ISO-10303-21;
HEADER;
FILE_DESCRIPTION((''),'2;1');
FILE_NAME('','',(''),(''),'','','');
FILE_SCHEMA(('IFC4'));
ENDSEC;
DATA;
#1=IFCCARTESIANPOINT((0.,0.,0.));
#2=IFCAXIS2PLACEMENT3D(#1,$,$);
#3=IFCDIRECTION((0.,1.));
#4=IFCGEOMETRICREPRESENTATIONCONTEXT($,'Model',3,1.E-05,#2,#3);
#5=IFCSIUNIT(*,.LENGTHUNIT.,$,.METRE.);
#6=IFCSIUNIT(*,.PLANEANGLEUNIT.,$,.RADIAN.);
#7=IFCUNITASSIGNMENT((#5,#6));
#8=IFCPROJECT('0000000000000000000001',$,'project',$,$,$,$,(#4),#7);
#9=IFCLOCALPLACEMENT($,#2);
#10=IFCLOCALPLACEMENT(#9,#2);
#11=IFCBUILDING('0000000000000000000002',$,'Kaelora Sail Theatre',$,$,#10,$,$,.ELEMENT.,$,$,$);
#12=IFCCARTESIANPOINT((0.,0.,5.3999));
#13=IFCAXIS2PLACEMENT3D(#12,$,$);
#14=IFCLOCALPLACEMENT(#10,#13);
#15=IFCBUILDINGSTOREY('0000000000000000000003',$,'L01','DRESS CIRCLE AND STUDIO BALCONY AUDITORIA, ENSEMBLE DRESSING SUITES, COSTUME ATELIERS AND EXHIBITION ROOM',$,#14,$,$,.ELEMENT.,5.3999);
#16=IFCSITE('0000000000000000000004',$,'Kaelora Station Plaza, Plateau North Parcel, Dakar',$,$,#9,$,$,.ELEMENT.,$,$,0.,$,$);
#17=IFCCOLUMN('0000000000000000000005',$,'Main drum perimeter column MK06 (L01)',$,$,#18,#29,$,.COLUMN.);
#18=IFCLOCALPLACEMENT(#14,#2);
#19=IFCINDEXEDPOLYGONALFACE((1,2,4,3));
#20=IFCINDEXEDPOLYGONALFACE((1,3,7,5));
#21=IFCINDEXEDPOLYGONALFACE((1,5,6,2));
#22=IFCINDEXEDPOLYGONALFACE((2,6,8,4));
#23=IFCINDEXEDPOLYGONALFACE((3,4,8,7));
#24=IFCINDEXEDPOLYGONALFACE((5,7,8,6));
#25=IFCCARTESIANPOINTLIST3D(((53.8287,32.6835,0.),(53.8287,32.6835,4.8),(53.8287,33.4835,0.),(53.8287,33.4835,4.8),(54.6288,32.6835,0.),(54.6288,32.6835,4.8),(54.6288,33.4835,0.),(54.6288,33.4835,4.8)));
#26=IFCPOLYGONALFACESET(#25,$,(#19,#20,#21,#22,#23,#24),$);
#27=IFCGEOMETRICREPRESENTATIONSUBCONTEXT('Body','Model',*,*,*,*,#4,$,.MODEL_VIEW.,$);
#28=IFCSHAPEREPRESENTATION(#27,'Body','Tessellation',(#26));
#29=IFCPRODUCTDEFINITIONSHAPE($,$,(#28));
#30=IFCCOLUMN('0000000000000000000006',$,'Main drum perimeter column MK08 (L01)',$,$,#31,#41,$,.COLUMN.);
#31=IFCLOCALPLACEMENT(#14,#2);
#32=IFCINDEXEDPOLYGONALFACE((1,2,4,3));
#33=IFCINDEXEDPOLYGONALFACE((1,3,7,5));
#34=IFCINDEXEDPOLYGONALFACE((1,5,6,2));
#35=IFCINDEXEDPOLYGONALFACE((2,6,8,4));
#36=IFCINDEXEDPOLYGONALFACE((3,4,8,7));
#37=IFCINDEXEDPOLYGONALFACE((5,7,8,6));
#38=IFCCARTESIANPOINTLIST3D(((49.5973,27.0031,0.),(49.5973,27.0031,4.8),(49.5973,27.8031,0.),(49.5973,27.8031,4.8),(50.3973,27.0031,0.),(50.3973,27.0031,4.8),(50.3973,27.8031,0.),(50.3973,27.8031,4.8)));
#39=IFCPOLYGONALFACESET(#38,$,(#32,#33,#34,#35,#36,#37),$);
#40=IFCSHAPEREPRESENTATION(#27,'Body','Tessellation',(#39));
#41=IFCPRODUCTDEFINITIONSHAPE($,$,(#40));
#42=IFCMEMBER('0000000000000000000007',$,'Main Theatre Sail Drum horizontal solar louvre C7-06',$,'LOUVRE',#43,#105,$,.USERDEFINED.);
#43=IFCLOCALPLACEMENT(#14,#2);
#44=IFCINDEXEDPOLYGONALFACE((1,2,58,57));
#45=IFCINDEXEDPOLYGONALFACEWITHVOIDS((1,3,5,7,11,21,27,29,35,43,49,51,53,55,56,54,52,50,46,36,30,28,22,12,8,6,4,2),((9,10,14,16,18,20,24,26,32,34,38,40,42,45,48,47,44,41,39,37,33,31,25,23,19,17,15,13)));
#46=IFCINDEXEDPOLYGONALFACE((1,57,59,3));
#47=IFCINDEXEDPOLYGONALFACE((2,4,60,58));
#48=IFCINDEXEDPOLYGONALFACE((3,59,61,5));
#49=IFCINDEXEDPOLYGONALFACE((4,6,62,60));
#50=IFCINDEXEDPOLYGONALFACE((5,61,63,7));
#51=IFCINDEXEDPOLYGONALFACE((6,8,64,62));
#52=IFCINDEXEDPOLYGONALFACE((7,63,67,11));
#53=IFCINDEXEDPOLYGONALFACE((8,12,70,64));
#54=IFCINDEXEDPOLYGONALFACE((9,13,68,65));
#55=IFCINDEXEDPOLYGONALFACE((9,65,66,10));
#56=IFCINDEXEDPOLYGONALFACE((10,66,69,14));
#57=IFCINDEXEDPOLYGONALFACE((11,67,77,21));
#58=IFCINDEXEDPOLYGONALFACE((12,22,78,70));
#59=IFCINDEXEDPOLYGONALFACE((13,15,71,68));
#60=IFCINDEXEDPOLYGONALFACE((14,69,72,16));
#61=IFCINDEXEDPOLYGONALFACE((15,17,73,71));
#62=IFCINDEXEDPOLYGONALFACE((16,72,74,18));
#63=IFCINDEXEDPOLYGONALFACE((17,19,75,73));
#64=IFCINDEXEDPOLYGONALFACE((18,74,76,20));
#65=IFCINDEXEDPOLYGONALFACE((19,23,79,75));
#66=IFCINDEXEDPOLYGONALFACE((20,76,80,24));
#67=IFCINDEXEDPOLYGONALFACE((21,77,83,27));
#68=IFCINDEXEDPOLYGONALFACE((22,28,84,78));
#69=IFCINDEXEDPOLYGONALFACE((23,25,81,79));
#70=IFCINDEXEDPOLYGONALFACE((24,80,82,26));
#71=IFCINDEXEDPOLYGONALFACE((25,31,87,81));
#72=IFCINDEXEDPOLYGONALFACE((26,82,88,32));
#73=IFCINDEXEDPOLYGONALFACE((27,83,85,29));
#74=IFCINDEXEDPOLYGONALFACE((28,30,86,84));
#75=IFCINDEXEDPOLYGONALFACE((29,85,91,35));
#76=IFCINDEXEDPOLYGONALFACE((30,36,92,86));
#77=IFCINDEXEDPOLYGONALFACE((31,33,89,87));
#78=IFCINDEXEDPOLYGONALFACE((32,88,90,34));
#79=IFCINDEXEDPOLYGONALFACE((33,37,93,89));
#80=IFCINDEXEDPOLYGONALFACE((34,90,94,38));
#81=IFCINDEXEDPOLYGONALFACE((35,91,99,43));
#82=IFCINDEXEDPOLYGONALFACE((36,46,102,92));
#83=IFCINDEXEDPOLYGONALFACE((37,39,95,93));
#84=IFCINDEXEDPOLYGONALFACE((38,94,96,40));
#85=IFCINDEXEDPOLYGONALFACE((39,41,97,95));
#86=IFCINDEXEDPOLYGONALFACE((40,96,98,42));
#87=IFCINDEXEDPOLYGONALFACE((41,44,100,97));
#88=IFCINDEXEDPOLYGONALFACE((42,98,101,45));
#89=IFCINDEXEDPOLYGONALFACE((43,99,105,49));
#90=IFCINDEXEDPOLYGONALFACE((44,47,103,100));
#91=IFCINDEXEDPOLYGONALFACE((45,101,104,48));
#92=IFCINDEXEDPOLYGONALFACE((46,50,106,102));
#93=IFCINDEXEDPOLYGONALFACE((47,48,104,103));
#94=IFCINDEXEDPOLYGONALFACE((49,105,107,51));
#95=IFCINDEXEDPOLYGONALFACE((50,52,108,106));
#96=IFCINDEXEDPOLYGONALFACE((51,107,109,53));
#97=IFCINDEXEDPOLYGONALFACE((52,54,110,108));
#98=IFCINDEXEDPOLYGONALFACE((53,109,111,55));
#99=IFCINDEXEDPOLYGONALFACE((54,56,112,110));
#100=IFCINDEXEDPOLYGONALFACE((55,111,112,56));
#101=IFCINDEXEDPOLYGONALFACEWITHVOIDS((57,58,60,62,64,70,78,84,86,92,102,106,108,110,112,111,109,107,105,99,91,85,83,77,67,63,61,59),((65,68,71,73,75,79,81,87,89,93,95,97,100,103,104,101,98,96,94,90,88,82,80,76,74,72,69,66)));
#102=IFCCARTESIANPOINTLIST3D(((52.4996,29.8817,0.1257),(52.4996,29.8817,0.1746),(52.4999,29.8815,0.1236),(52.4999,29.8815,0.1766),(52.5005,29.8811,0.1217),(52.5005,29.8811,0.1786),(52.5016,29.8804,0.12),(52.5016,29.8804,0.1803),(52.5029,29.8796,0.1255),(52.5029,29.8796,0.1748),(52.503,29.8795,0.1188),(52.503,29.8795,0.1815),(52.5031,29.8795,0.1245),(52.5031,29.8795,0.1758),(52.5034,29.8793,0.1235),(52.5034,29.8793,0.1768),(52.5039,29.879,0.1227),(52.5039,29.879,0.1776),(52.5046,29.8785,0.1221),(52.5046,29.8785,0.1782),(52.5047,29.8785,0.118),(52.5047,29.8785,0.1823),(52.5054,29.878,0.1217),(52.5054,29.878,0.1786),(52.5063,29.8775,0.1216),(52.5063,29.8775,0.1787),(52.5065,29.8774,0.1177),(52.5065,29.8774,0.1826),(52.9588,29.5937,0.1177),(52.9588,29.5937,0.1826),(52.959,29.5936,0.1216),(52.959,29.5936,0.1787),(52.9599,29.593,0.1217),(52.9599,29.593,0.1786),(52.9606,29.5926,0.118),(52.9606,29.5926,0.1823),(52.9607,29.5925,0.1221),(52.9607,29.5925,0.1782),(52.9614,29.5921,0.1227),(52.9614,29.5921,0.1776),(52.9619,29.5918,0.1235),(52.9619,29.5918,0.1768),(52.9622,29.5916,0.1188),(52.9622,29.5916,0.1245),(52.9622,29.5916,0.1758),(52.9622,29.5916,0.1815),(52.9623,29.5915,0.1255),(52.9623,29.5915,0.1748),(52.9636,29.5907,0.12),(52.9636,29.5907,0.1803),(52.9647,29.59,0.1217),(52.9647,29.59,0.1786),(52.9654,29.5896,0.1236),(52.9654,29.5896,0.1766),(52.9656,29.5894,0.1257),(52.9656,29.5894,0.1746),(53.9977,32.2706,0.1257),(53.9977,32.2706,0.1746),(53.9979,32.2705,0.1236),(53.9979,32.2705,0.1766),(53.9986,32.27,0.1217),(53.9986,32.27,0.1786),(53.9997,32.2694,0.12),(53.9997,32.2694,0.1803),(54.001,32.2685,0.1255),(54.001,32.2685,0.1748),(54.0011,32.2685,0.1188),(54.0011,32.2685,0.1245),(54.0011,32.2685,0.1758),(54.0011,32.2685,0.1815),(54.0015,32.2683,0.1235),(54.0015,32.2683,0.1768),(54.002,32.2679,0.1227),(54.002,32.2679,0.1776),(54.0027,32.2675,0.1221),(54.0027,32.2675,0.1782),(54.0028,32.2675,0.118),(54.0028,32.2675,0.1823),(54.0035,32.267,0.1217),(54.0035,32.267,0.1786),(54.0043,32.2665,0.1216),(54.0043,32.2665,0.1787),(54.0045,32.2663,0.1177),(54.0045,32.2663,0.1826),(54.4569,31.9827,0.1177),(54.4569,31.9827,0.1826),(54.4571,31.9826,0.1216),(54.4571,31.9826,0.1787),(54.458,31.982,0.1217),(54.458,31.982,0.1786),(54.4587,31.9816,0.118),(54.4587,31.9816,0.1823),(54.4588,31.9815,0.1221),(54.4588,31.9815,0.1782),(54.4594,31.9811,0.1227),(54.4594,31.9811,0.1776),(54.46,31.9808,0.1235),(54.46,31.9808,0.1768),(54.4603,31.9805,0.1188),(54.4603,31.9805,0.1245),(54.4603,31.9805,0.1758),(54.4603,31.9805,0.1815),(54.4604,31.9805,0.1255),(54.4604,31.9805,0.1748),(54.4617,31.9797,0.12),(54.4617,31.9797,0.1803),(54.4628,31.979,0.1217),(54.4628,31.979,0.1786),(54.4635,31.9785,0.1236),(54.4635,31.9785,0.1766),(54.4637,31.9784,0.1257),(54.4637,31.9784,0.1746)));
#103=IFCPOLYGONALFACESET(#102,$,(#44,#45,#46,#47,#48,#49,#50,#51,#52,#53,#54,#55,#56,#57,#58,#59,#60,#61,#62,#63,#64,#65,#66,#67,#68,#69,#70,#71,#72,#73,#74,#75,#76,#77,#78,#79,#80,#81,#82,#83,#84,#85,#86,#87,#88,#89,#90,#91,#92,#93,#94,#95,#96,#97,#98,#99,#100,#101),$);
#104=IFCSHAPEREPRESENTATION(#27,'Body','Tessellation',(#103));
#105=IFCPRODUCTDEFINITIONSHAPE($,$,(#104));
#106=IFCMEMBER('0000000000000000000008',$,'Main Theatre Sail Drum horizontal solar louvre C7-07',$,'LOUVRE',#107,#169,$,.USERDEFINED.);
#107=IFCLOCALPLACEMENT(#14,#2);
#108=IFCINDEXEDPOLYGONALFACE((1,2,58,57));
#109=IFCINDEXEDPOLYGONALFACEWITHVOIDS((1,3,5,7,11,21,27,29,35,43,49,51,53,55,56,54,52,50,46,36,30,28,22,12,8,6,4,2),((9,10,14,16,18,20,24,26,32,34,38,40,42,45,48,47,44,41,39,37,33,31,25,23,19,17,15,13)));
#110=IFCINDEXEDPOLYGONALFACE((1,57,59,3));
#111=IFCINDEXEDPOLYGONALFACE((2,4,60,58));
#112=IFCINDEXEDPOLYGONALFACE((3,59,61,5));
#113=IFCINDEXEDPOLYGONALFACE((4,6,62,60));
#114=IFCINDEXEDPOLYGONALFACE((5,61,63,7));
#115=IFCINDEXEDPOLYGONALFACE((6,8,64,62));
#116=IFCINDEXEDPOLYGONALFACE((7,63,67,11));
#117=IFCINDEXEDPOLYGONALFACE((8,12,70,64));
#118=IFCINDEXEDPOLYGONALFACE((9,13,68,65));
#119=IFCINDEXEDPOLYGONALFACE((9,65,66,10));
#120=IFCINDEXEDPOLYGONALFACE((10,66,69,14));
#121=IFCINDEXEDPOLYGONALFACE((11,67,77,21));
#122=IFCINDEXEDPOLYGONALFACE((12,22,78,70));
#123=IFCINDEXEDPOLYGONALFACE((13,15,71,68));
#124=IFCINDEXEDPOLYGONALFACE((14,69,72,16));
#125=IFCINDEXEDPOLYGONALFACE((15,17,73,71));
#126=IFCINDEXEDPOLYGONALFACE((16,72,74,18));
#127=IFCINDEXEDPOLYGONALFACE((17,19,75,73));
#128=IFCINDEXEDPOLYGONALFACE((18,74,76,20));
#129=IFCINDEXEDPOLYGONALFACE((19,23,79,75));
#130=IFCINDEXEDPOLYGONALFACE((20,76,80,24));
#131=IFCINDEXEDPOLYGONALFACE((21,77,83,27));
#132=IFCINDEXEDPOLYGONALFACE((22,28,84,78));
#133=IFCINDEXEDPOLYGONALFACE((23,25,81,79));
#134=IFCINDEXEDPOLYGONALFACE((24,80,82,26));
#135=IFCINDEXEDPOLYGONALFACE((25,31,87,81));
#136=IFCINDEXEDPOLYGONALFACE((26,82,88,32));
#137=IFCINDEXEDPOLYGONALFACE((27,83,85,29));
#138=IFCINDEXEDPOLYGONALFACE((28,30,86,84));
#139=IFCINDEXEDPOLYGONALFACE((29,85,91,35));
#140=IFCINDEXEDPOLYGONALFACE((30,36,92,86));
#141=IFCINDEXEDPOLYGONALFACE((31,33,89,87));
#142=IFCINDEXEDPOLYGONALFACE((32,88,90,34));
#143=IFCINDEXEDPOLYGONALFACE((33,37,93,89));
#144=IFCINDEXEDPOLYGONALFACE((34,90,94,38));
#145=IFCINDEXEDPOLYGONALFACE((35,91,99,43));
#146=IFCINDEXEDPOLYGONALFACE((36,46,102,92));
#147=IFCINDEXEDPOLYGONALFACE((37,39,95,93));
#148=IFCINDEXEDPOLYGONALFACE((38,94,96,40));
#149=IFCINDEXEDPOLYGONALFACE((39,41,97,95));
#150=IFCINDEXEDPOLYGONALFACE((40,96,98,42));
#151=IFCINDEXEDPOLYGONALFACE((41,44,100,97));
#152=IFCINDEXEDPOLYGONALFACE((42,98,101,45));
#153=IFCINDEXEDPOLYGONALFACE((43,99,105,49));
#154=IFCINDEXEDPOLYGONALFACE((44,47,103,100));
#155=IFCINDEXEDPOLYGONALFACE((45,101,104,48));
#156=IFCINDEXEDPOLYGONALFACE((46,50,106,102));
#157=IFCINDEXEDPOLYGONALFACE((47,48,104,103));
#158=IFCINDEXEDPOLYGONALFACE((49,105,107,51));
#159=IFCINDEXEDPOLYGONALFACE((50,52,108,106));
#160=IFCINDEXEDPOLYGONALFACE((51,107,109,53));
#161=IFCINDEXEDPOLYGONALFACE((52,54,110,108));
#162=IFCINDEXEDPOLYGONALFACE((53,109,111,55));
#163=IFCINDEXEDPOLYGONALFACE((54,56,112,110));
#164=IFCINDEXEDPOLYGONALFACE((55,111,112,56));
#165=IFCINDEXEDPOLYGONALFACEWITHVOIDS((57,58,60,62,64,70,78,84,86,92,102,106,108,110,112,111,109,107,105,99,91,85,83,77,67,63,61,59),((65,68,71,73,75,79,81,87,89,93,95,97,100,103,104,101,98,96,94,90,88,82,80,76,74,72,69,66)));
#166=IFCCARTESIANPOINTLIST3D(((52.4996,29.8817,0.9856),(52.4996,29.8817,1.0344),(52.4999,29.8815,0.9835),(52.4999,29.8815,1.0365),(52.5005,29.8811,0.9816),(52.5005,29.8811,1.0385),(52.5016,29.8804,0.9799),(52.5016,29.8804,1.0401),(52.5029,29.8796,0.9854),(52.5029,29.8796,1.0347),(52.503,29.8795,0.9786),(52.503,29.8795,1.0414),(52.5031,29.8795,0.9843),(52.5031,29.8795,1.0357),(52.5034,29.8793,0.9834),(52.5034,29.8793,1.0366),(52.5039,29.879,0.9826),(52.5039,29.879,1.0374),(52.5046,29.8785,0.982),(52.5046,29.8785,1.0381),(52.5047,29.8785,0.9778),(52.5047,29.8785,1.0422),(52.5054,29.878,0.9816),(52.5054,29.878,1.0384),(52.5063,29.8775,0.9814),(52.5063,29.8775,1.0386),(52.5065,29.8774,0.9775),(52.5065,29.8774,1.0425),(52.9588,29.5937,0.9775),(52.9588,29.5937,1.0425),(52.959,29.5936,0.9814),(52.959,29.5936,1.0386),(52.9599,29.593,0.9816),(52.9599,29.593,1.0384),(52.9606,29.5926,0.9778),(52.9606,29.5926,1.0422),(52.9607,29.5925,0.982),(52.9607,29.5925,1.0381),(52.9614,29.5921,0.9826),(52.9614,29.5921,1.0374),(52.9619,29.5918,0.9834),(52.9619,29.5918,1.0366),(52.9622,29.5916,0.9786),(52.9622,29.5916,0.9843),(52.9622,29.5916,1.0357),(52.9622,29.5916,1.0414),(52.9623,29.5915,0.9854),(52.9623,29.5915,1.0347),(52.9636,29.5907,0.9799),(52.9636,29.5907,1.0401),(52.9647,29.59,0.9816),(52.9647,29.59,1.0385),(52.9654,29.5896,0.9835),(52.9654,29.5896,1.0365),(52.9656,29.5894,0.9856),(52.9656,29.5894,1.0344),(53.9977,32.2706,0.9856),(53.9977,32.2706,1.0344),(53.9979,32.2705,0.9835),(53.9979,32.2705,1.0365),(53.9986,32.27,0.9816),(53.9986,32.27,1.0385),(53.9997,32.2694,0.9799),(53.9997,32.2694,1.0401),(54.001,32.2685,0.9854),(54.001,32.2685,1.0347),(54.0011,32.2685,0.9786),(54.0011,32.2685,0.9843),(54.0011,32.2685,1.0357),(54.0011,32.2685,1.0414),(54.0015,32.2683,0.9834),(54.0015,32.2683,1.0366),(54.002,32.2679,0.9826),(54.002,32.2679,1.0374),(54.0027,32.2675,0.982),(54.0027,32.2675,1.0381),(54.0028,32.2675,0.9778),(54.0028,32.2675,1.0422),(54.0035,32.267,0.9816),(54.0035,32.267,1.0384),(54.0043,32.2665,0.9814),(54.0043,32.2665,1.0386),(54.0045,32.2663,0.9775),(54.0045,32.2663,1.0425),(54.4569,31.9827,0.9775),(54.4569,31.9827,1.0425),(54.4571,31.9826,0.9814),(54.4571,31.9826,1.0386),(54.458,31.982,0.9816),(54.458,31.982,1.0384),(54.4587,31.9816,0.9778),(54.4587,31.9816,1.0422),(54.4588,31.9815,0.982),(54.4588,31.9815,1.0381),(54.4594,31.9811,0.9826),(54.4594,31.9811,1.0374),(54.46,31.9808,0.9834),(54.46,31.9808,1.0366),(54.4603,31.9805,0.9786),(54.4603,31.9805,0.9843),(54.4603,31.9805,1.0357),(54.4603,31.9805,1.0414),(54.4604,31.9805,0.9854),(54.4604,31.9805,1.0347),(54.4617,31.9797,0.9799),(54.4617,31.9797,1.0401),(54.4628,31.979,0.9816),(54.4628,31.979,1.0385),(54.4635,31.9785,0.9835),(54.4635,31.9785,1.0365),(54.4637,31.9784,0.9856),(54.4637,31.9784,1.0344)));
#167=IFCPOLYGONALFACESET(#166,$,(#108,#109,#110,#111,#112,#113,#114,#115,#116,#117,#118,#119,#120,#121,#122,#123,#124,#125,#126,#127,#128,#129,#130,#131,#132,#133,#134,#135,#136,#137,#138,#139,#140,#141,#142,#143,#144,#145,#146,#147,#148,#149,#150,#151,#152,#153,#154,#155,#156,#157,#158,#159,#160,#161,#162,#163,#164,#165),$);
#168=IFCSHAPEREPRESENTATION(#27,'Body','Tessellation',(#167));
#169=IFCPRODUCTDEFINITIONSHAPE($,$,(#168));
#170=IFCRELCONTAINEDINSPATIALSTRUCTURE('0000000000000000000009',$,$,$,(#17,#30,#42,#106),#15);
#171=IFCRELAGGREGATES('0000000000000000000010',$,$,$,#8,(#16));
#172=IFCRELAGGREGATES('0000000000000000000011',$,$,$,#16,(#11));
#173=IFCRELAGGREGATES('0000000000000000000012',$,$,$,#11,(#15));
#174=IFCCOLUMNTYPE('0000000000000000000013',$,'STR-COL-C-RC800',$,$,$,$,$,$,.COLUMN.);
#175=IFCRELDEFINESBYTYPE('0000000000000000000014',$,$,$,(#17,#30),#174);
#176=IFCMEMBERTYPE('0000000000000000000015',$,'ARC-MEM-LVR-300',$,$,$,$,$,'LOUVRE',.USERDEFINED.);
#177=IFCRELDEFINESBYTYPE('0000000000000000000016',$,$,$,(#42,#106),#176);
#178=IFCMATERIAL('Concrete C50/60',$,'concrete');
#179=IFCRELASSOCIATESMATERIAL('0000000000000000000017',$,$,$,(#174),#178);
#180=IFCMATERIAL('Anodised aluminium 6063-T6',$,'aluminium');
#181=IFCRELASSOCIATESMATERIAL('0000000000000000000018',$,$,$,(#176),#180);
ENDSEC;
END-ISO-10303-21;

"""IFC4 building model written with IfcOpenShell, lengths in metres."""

from ifc_helpers import new_model, si_unit, direction, frame, origin, origin_2d, place, context, subcontext, project, spatial, rectangle, hollow_rectangle, extrude, material, material_profile, profile_set, type_object, element, save


model = new_model("IFC4")

# Units and contexts
model_context = context("Model", 3, precision=1e-05, world=origin(), true_north=direction((0.0, 1.0)))
body_context = subcontext(model_context, "Body", "Model", "MODEL_VIEW")
ifc_project = project(units=[si_unit("LENGTHUNIT", "METRE"), si_unit("PLANEANGLEUNIT", "RADIAN")], contexts=[model_context])

# Site, building, storey
site_placement = place(None, origin())
site = spatial("IfcSite", under=ifc_project, at=site_placement, Name="Kaelora Station Plaza, Plateau North Parcel, Dakar", CompositionType="ELEMENT", RefElevation=0.0)
building_placement = place(site_placement, origin())
building = spatial("IfcBuilding", under=site, at=building_placement, Name="Kaelora Sail Theatre", CompositionType="ELEMENT")
storey_placement = place(building_placement, frame((0.0, 0.0, 5.3999)))
storey = spatial("IfcBuildingStorey", under=building, at=storey_placement, Name="L01", Description="DRESS CIRCLE AND STUDIO BALCONY AUDITORIA, ENSEMBLE DRESSING SUITES, COSTUME ATELIERS AND EXHIBITION ROOM", CompositionType="ELEMENT", Elevation=5.3999)

# Columns
ifc_material_1 = material(Name="Concrete C50/60", Category="concrete")
ifc_material_profile_1 = material_profile(ifc_material_1, rectangle(XDim=0.8, YDim=0.8, at=origin_2d()), Name="RC-COL 800x800")
ifc_profile_set_1 = profile_set([ifc_material_profile_1], Name="Concrete C50/60")
column_type = type_object("IfcColumnType", Name="STR-COL-C-RC800", PredefinedType="COLUMN", material=ifc_profile_set_1)
for number, where, z_axis, x_axis, name in (
    (1, (54.2288, 33.0835, 0.0), (0.0, 0.0, 1.0), (1.0, 0.0, 0.0), "Main drum perimeter column MK06 (L01)"),
    (2, (49.9973, 27.4031, 0.0), (0.0, 0.0, 1.0), (1.0, 0.0, 0.0), "Main drum perimeter column MK08 (L01)"),
):
    element("IfcColumn", number, at=place(storey_placement, frame(where, z_axis=z_axis, x_axis=x_axis)), inside=storey, type_object=column_type, Name=name, PredefinedType="COLUMN", context=body_context, shape_type="SweptSolid", body=[
        extrude(rectangle(XDim=0.8, YDim=0.8, at=origin_2d()), origin(), (0.0, 0.0, 1.0), 4.8),
    ])

# Members
ifc_material_2 = material(Name="Anodised aluminium 6063-T6", Category="aluminium")
ifc_material_profile_2 = material_profile(ifc_material_2, hollow_rectangle(XDim=0.55, YDim=0.0649, WallThickness=0.0039, InnerFilletRadius=0.0039, OuterFilletRadius=0.0081, at=origin_2d()), Name="LOUVRE 550x65x4")
ifc_profile_set_2 = profile_set([ifc_material_profile_2], Name="Anodised aluminium 6063-T6")
member_type = type_object("IfcMemberType", Name="ARC-MEM-LVR-300", ElementType="LOUVRE", PredefinedType="USERDEFINED", material=ifc_profile_set_2)
for number, where, z_axis, x_axis, name in (
    (3, (54.2307, 32.1245, 0.1501), (-0.531267, -0.847204, 0.0), (0.847204, -0.531267, 0.0), "Main Theatre Sail Drum horizontal solar louvre C7-06"),
    (4, (54.2307, 32.1245, 1.01), (-0.531267, -0.847204, 0.0), (0.847204, -0.531267, 0.0), "Main Theatre Sail Drum horizontal solar louvre C7-07"),
):
    element("IfcMember", number, at=place(storey_placement, frame(where, z_axis=z_axis, x_axis=x_axis)), inside=storey, type_object=member_type, Name=name, ObjectType="LOUVRE", PredefinedType="USERDEFINED", context=body_context, shape_type="SweptSolid", body=[
        extrude(hollow_rectangle(XDim=0.55, YDim=0.0649, WallThickness=0.0039, InnerFilletRadius=0.0039, OuterFilletRadius=0.0081, at=origin_2d()), origin(), (0.0, 0.0, 1.0), 2.8198),
    ])

save(model, "model.ifc")
